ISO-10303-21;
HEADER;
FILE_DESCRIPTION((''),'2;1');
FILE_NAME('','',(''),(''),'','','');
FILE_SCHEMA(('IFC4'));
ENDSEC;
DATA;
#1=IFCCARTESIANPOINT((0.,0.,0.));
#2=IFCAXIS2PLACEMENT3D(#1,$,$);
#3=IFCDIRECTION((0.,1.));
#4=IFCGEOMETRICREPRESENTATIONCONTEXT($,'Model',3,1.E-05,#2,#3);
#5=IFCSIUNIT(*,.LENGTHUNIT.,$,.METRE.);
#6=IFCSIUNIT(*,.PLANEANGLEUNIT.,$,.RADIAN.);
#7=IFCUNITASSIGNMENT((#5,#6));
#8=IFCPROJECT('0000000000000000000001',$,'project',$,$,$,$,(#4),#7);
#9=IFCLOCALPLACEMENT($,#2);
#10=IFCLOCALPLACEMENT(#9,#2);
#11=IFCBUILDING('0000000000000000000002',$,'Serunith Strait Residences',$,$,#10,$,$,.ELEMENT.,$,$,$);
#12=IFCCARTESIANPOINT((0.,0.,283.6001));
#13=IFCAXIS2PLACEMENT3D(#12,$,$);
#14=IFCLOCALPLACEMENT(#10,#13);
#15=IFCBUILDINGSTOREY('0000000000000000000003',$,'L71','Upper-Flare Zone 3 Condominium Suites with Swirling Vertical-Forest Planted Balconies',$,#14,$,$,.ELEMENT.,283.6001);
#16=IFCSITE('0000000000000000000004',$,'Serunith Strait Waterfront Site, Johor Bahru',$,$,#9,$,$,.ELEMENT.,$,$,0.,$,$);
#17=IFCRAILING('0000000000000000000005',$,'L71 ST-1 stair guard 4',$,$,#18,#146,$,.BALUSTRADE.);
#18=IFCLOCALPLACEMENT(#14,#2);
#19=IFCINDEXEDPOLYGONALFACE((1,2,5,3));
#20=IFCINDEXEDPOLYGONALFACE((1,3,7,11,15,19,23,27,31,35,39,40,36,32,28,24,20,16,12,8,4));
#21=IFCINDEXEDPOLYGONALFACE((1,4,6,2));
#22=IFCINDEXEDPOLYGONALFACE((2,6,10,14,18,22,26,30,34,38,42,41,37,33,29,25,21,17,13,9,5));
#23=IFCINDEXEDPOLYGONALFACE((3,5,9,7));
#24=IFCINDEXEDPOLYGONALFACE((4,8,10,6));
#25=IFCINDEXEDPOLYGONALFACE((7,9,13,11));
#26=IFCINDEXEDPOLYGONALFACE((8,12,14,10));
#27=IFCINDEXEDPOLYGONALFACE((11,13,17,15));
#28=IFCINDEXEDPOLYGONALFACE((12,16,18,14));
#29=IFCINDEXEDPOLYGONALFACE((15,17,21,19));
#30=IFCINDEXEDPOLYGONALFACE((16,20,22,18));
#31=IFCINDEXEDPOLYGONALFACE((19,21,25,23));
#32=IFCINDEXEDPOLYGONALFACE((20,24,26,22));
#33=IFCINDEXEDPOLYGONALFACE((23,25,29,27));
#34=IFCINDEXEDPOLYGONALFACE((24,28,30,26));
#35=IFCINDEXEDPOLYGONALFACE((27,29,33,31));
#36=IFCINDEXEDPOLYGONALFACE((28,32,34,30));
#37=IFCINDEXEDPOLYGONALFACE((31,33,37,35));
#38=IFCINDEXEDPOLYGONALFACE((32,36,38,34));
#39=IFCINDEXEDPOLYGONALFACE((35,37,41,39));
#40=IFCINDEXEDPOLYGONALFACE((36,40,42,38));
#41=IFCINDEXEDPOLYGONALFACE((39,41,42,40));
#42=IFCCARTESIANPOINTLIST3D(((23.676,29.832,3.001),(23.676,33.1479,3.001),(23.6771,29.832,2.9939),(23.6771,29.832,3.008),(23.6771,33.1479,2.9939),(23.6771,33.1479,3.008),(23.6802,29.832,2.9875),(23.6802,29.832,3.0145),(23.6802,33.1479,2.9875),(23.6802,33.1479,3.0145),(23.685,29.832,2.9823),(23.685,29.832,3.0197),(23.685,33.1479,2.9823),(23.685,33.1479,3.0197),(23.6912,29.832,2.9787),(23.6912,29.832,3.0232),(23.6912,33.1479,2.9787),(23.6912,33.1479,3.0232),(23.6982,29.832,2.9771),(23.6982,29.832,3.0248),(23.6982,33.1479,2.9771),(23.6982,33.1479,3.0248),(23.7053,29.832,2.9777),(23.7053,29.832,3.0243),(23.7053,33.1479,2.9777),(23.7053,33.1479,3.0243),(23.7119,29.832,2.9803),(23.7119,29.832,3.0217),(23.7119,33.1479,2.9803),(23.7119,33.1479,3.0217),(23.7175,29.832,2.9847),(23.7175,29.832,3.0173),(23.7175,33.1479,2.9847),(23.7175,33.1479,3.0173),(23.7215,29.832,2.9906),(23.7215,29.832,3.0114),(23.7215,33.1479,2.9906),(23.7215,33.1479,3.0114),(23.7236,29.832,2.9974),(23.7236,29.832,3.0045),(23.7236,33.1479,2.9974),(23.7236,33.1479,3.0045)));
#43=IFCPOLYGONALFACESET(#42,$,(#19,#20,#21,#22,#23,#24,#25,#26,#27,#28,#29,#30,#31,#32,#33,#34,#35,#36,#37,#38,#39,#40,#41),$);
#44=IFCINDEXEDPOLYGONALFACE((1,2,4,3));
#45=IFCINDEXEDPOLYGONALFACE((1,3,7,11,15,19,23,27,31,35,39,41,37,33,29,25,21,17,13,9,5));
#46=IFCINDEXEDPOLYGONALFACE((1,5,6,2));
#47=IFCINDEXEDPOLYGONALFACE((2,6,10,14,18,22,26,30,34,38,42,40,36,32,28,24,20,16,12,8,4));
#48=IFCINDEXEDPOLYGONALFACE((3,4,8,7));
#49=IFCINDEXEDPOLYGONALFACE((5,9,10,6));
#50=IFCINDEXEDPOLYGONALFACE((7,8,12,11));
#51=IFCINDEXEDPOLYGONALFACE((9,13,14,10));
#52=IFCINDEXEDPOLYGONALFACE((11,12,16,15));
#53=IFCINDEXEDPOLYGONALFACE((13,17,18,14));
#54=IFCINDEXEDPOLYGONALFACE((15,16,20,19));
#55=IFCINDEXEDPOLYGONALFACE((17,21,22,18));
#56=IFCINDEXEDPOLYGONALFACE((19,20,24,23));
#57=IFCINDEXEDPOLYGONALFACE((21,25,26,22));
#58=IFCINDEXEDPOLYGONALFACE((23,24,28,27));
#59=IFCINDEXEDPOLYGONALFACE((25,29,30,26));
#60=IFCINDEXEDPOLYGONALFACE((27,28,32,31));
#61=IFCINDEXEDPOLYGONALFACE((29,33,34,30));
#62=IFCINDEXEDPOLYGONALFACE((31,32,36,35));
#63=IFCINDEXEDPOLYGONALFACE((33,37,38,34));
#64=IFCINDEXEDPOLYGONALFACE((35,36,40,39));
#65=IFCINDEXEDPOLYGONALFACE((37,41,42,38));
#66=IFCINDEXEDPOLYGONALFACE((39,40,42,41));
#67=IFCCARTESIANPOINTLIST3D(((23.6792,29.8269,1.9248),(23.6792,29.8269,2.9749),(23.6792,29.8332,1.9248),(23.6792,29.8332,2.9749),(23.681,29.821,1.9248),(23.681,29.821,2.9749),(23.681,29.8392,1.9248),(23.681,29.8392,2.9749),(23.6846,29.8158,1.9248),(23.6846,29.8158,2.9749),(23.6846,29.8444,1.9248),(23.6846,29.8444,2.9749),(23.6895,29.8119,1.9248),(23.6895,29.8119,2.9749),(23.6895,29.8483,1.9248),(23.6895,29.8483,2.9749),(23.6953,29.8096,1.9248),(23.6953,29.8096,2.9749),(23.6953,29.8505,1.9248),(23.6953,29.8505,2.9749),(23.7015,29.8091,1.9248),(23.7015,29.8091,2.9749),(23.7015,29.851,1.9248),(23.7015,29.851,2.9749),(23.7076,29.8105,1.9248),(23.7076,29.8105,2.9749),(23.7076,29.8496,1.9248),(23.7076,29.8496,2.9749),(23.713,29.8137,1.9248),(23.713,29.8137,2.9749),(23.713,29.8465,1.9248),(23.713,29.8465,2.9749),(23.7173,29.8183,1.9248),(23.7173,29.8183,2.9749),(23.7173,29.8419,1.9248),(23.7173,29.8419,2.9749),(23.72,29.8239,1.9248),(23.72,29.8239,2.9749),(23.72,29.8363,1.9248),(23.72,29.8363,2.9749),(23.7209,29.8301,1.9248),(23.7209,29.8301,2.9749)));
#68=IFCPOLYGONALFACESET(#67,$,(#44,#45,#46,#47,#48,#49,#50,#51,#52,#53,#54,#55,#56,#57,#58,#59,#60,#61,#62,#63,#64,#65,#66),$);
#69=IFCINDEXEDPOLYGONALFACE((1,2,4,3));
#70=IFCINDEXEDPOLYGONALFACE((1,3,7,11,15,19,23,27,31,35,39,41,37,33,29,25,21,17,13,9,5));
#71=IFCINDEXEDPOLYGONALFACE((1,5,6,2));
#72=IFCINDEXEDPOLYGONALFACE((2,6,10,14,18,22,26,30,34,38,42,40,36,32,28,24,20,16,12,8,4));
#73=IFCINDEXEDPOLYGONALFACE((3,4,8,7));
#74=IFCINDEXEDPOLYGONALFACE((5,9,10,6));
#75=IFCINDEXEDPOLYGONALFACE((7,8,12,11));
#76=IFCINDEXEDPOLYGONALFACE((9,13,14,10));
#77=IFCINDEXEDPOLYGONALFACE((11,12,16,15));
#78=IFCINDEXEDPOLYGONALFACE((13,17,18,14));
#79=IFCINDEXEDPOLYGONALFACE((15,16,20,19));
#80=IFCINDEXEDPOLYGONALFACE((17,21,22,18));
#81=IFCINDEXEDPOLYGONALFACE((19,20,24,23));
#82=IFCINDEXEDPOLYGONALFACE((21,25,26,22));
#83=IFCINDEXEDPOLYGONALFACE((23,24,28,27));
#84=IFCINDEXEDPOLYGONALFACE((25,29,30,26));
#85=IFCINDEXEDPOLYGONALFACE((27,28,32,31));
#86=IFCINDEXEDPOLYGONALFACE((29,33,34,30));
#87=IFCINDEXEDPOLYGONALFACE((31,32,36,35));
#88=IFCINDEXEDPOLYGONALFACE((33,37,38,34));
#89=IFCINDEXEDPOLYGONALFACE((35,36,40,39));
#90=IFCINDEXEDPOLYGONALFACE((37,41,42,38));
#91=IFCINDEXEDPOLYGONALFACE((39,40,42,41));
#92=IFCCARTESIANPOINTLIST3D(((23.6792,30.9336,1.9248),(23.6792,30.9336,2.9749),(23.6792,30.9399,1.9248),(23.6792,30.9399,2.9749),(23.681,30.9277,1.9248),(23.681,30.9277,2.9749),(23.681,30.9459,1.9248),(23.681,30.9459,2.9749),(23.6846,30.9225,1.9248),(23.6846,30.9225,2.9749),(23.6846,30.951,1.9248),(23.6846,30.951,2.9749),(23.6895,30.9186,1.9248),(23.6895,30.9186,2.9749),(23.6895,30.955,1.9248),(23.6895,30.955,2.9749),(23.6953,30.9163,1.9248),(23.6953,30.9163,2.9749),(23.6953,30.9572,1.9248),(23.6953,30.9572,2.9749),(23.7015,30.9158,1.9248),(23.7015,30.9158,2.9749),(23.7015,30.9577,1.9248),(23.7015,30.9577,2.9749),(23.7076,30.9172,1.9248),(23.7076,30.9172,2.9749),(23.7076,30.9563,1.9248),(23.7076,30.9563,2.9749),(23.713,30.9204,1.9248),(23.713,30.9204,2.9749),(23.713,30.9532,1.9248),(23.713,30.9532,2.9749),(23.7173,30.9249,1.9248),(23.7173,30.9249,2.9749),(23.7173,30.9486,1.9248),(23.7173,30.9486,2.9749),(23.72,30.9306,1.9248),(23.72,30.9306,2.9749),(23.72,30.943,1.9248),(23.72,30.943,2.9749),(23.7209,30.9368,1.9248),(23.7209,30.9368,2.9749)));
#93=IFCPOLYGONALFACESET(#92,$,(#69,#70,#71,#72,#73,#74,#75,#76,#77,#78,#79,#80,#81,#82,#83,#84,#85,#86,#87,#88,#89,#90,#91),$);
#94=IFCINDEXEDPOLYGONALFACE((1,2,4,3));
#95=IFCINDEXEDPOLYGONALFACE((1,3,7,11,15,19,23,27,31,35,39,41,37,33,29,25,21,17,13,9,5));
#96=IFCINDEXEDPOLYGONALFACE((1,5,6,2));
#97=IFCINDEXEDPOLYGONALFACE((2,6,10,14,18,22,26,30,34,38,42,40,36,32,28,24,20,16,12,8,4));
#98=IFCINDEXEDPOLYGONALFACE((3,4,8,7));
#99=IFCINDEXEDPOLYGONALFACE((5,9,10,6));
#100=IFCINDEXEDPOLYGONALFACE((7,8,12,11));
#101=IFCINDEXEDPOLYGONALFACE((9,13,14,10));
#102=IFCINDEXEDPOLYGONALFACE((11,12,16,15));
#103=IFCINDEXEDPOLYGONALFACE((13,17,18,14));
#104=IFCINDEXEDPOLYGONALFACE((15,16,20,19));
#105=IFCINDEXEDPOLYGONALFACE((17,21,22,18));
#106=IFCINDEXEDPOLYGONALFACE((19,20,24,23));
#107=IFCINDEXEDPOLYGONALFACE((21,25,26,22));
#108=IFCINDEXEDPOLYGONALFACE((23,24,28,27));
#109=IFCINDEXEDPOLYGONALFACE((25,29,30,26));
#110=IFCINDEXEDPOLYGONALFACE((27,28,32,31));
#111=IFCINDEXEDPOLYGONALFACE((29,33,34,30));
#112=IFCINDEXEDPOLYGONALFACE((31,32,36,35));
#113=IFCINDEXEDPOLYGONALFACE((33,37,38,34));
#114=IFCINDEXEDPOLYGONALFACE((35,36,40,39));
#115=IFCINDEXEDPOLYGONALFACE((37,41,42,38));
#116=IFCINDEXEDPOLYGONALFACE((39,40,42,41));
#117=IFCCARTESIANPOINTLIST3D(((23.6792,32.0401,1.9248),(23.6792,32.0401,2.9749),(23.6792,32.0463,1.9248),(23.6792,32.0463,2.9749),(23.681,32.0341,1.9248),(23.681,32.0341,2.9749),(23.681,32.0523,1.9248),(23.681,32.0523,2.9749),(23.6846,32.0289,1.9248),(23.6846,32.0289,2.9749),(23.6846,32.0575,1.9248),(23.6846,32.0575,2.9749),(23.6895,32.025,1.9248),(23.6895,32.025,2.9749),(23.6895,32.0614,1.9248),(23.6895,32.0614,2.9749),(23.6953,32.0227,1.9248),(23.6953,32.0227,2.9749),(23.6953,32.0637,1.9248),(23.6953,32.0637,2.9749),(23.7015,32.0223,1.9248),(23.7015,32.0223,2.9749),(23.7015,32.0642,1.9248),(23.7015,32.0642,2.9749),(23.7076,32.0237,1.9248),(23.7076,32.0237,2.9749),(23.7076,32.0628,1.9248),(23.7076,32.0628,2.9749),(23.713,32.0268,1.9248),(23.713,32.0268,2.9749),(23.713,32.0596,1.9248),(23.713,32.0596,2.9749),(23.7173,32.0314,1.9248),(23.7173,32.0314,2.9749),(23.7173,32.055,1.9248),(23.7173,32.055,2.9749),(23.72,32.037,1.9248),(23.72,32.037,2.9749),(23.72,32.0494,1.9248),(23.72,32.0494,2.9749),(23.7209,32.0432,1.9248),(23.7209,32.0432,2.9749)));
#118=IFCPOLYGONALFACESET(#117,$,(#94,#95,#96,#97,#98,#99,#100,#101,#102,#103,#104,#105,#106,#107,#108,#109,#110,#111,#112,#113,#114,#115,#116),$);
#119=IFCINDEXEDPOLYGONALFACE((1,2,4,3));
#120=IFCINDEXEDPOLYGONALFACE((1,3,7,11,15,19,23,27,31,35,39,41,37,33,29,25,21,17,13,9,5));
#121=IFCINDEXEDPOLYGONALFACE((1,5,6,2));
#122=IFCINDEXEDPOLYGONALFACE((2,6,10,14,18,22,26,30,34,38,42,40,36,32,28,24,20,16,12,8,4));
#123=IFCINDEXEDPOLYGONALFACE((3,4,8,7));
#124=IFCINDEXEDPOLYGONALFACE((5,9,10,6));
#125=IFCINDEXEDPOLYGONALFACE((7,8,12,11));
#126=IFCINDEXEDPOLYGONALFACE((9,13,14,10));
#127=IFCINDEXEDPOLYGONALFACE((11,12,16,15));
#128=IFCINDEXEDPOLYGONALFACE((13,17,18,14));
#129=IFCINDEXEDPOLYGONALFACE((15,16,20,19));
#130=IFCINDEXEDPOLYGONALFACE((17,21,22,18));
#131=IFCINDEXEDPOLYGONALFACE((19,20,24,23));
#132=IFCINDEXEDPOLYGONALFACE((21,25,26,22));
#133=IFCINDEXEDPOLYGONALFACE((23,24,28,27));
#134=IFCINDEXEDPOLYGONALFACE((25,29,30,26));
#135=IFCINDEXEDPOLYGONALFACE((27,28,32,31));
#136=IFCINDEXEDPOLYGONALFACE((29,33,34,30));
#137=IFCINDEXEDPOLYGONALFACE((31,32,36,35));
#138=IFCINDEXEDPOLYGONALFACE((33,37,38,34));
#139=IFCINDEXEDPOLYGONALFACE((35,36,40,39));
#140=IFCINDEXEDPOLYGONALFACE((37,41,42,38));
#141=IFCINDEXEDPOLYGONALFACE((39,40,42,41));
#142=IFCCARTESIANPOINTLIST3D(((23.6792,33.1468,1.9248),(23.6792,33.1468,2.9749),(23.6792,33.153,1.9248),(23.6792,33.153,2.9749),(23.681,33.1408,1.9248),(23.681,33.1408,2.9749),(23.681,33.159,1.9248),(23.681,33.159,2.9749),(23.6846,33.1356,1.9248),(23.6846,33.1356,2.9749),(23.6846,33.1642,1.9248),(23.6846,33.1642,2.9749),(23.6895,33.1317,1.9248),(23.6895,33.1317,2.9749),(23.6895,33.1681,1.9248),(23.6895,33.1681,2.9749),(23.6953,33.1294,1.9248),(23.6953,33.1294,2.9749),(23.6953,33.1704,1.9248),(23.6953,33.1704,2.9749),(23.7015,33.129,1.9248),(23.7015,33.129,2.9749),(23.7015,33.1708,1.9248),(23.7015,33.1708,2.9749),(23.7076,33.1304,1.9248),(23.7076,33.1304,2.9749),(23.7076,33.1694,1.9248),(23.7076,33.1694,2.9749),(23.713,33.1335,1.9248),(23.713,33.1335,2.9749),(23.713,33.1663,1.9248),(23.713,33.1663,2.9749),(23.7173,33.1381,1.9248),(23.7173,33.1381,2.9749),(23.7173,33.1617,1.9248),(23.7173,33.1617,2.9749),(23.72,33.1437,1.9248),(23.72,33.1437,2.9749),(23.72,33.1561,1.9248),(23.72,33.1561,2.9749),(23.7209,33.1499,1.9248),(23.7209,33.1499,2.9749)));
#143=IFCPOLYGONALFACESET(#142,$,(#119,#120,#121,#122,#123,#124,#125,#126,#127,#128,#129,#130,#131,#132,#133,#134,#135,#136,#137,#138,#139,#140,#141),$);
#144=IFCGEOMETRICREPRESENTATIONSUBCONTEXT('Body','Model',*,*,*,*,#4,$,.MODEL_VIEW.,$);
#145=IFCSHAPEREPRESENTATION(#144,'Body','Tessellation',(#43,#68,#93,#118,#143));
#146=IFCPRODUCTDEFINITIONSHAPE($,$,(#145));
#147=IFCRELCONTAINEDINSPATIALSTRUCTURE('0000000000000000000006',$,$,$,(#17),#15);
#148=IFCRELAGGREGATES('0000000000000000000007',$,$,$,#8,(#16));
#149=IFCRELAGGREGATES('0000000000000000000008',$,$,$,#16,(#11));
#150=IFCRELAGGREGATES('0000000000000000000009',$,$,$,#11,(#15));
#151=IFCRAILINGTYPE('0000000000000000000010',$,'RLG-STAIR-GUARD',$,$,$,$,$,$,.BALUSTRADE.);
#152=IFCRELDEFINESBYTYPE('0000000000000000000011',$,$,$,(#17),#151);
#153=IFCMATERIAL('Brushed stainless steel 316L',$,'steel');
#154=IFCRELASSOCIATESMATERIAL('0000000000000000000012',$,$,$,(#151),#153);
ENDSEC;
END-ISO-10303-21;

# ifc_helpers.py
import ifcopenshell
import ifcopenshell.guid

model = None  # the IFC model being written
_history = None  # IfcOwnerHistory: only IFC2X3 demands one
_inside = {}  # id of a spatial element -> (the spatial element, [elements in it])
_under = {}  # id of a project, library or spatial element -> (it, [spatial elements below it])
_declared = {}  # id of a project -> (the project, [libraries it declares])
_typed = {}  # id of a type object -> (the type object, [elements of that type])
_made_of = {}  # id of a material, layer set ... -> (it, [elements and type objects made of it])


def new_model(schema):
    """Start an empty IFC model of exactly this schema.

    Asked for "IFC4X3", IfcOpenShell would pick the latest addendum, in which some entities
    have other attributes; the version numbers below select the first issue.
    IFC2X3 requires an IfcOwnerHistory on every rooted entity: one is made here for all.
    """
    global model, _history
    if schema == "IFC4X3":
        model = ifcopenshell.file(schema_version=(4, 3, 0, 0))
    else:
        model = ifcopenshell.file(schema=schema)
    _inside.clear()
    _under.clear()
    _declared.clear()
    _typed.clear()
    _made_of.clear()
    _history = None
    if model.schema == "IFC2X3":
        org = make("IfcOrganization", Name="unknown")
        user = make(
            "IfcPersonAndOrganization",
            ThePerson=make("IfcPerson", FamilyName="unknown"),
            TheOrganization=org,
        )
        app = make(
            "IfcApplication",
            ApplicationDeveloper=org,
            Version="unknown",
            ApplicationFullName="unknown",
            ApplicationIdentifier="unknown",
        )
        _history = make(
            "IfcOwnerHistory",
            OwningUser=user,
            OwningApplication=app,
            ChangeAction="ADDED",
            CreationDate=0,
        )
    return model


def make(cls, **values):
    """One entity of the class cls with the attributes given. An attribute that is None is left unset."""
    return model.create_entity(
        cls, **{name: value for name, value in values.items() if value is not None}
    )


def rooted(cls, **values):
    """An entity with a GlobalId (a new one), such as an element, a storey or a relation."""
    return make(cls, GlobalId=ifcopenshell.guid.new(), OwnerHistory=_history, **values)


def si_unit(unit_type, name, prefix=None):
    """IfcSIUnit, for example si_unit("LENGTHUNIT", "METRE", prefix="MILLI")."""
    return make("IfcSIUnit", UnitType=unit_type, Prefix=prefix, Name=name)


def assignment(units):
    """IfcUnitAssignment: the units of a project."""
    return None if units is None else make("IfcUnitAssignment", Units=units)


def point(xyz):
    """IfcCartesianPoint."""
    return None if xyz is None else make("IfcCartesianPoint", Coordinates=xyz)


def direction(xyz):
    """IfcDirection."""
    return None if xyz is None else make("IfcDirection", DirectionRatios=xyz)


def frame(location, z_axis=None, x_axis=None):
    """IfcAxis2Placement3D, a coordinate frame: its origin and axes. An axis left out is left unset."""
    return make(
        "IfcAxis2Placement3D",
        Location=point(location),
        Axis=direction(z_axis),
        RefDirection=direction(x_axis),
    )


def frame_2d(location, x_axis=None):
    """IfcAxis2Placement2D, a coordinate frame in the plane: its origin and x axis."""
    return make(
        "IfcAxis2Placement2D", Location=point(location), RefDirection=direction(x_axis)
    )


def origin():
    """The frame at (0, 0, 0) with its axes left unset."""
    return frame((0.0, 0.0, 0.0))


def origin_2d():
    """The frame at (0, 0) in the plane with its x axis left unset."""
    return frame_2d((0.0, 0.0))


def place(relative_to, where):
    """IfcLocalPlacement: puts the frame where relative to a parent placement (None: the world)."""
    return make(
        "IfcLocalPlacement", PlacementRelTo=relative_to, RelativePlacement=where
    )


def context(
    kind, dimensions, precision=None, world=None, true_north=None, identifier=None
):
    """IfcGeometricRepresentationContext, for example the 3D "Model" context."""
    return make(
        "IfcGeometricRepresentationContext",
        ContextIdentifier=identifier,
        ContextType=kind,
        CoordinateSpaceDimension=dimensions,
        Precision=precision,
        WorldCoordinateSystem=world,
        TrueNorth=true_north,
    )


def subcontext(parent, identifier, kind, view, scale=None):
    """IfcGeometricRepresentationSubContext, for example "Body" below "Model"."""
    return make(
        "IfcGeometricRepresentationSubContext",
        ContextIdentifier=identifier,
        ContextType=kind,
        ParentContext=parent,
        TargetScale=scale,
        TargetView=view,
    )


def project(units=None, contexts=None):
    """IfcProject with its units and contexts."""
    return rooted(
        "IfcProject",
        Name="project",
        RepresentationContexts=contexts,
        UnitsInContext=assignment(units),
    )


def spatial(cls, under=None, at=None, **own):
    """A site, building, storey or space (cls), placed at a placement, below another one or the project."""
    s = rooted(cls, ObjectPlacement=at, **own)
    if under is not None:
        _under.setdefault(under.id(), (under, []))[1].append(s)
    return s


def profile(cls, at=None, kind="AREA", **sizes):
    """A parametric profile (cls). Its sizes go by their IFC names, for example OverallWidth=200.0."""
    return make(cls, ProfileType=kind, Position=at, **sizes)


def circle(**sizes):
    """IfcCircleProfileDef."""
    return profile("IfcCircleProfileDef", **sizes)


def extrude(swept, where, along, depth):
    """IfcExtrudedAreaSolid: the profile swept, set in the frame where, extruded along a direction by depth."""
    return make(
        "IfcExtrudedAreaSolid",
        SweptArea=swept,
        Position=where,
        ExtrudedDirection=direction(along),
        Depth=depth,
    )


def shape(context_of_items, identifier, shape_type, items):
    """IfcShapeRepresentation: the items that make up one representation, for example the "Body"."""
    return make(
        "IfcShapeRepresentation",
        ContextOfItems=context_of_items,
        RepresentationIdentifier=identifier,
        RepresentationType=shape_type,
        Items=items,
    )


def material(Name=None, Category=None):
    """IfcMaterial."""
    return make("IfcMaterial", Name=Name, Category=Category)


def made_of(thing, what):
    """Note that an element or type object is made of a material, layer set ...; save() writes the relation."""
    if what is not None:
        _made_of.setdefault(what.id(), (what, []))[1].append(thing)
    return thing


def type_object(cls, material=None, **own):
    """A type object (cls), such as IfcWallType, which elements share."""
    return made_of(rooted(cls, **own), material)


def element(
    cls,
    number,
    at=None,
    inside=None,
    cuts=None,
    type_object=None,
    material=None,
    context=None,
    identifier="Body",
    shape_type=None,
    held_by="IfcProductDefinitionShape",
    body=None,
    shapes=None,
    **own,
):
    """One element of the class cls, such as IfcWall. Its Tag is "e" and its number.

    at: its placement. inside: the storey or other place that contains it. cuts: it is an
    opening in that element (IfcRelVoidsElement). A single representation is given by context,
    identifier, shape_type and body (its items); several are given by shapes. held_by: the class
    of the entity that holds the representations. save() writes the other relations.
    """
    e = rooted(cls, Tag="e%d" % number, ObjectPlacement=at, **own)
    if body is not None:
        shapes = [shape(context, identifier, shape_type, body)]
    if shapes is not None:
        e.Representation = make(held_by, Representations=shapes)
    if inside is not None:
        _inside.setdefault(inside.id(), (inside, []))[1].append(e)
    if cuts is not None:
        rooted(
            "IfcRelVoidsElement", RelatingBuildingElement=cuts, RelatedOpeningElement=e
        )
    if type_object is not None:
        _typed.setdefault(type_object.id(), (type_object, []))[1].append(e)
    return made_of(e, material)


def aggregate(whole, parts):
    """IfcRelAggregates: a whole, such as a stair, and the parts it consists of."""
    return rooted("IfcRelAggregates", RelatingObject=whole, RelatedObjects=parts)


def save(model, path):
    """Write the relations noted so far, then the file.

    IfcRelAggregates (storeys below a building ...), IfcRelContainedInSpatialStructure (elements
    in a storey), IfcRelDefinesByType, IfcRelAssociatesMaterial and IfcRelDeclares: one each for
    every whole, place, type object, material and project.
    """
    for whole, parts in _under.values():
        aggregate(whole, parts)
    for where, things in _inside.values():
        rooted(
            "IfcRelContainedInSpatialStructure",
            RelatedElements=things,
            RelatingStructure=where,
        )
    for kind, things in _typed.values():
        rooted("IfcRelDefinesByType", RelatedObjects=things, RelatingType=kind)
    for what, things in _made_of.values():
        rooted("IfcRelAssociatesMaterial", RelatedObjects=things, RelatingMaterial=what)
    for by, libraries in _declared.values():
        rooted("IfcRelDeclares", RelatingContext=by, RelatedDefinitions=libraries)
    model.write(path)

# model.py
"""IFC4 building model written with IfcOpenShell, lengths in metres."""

from ifc_helpers import new_model, si_unit, direction, frame, origin, origin_2d, place, context, subcontext, project, spatial, circle, extrude, material, type_object, element, save


model = new_model("IFC4")

# Units and contexts
model_context = context("Model", 3, precision=1e-05, world=origin(), true_north=direction((0.0, 1.0)))
body_context = subcontext(model_context, "Body", "Model", "MODEL_VIEW")
ifc_project = project(units=[si_unit("LENGTHUNIT", "METRE"), si_unit("PLANEANGLEUNIT", "RADIAN")], contexts=[model_context])

# Site, building, storey
site_placement = place(None, origin())
site = spatial("IfcSite", under=ifc_project, at=site_placement, Name="Serunith Strait Waterfront Site, Johor Bahru", CompositionType="ELEMENT", RefElevation=0.0)
building_placement = place(site_placement, origin())
building = spatial("IfcBuilding", under=site, at=building_placement, Name="Serunith Strait Residences", CompositionType="ELEMENT")
storey_placement = place(building_placement, frame((0.0, 0.0, 283.6001)))
storey = spatial("IfcBuildingStorey", under=building, at=storey_placement, Name="L71", Description="Upper-Flare Zone 3 Condominium Suites with Swirling Vertical-Forest Planted Balconies", CompositionType="ELEMENT", Elevation=283.6001)

# Railing
ifc_material_1 = material(Name="Brushed stainless steel 316L", Category="steel")
railing_type_1 = type_object("IfcRailingType", Name="RLG-STAIR-GUARD", PredefinedType="BALUSTRADE", material=ifc_material_1)
for number, where, name in (
    (1, (23.7, 29.8301, 1.9248), "L71 ST-1 stair guard 4"),
):
    element("IfcRailing", number, at=place(storey_placement, frame(where)), inside=storey, type_object=railing_type_1, Name=name, PredefinedType="BALUSTRADE", context=body_context, shape_type="SweptSolid", body=[
        extrude(circle(Radius=0.0239, at=origin_2d()), frame((0.0, 0.002, 1.0762), z_axis=(0.0, 1.0, 0.0), x_axis=(-1.0, 0.0, 0.0)), (0.0, 0.0, 1.0), 3.3159),
        extrude(circle(Radius=0.021, at=origin_2d()), origin(), (0.0, 0.0, 1.0), 1.05),
        extrude(circle(Radius=0.021, at=origin_2d()), frame((0.0, 1.1067, 0.0)), (0.0, 0.0, 1.0), 1.05),
        extrude(circle(Radius=0.021, at=origin_2d()), frame((0.0, 2.2131, 0.0)), (0.0, 0.0, 1.0), 1.05),
        extrude(circle(Radius=0.021, at=origin_2d()), frame((0.0, 3.3198, 0.0)), (0.0, 0.0, 1.0), 1.05),
    ])

save(model, "model.ifc")
